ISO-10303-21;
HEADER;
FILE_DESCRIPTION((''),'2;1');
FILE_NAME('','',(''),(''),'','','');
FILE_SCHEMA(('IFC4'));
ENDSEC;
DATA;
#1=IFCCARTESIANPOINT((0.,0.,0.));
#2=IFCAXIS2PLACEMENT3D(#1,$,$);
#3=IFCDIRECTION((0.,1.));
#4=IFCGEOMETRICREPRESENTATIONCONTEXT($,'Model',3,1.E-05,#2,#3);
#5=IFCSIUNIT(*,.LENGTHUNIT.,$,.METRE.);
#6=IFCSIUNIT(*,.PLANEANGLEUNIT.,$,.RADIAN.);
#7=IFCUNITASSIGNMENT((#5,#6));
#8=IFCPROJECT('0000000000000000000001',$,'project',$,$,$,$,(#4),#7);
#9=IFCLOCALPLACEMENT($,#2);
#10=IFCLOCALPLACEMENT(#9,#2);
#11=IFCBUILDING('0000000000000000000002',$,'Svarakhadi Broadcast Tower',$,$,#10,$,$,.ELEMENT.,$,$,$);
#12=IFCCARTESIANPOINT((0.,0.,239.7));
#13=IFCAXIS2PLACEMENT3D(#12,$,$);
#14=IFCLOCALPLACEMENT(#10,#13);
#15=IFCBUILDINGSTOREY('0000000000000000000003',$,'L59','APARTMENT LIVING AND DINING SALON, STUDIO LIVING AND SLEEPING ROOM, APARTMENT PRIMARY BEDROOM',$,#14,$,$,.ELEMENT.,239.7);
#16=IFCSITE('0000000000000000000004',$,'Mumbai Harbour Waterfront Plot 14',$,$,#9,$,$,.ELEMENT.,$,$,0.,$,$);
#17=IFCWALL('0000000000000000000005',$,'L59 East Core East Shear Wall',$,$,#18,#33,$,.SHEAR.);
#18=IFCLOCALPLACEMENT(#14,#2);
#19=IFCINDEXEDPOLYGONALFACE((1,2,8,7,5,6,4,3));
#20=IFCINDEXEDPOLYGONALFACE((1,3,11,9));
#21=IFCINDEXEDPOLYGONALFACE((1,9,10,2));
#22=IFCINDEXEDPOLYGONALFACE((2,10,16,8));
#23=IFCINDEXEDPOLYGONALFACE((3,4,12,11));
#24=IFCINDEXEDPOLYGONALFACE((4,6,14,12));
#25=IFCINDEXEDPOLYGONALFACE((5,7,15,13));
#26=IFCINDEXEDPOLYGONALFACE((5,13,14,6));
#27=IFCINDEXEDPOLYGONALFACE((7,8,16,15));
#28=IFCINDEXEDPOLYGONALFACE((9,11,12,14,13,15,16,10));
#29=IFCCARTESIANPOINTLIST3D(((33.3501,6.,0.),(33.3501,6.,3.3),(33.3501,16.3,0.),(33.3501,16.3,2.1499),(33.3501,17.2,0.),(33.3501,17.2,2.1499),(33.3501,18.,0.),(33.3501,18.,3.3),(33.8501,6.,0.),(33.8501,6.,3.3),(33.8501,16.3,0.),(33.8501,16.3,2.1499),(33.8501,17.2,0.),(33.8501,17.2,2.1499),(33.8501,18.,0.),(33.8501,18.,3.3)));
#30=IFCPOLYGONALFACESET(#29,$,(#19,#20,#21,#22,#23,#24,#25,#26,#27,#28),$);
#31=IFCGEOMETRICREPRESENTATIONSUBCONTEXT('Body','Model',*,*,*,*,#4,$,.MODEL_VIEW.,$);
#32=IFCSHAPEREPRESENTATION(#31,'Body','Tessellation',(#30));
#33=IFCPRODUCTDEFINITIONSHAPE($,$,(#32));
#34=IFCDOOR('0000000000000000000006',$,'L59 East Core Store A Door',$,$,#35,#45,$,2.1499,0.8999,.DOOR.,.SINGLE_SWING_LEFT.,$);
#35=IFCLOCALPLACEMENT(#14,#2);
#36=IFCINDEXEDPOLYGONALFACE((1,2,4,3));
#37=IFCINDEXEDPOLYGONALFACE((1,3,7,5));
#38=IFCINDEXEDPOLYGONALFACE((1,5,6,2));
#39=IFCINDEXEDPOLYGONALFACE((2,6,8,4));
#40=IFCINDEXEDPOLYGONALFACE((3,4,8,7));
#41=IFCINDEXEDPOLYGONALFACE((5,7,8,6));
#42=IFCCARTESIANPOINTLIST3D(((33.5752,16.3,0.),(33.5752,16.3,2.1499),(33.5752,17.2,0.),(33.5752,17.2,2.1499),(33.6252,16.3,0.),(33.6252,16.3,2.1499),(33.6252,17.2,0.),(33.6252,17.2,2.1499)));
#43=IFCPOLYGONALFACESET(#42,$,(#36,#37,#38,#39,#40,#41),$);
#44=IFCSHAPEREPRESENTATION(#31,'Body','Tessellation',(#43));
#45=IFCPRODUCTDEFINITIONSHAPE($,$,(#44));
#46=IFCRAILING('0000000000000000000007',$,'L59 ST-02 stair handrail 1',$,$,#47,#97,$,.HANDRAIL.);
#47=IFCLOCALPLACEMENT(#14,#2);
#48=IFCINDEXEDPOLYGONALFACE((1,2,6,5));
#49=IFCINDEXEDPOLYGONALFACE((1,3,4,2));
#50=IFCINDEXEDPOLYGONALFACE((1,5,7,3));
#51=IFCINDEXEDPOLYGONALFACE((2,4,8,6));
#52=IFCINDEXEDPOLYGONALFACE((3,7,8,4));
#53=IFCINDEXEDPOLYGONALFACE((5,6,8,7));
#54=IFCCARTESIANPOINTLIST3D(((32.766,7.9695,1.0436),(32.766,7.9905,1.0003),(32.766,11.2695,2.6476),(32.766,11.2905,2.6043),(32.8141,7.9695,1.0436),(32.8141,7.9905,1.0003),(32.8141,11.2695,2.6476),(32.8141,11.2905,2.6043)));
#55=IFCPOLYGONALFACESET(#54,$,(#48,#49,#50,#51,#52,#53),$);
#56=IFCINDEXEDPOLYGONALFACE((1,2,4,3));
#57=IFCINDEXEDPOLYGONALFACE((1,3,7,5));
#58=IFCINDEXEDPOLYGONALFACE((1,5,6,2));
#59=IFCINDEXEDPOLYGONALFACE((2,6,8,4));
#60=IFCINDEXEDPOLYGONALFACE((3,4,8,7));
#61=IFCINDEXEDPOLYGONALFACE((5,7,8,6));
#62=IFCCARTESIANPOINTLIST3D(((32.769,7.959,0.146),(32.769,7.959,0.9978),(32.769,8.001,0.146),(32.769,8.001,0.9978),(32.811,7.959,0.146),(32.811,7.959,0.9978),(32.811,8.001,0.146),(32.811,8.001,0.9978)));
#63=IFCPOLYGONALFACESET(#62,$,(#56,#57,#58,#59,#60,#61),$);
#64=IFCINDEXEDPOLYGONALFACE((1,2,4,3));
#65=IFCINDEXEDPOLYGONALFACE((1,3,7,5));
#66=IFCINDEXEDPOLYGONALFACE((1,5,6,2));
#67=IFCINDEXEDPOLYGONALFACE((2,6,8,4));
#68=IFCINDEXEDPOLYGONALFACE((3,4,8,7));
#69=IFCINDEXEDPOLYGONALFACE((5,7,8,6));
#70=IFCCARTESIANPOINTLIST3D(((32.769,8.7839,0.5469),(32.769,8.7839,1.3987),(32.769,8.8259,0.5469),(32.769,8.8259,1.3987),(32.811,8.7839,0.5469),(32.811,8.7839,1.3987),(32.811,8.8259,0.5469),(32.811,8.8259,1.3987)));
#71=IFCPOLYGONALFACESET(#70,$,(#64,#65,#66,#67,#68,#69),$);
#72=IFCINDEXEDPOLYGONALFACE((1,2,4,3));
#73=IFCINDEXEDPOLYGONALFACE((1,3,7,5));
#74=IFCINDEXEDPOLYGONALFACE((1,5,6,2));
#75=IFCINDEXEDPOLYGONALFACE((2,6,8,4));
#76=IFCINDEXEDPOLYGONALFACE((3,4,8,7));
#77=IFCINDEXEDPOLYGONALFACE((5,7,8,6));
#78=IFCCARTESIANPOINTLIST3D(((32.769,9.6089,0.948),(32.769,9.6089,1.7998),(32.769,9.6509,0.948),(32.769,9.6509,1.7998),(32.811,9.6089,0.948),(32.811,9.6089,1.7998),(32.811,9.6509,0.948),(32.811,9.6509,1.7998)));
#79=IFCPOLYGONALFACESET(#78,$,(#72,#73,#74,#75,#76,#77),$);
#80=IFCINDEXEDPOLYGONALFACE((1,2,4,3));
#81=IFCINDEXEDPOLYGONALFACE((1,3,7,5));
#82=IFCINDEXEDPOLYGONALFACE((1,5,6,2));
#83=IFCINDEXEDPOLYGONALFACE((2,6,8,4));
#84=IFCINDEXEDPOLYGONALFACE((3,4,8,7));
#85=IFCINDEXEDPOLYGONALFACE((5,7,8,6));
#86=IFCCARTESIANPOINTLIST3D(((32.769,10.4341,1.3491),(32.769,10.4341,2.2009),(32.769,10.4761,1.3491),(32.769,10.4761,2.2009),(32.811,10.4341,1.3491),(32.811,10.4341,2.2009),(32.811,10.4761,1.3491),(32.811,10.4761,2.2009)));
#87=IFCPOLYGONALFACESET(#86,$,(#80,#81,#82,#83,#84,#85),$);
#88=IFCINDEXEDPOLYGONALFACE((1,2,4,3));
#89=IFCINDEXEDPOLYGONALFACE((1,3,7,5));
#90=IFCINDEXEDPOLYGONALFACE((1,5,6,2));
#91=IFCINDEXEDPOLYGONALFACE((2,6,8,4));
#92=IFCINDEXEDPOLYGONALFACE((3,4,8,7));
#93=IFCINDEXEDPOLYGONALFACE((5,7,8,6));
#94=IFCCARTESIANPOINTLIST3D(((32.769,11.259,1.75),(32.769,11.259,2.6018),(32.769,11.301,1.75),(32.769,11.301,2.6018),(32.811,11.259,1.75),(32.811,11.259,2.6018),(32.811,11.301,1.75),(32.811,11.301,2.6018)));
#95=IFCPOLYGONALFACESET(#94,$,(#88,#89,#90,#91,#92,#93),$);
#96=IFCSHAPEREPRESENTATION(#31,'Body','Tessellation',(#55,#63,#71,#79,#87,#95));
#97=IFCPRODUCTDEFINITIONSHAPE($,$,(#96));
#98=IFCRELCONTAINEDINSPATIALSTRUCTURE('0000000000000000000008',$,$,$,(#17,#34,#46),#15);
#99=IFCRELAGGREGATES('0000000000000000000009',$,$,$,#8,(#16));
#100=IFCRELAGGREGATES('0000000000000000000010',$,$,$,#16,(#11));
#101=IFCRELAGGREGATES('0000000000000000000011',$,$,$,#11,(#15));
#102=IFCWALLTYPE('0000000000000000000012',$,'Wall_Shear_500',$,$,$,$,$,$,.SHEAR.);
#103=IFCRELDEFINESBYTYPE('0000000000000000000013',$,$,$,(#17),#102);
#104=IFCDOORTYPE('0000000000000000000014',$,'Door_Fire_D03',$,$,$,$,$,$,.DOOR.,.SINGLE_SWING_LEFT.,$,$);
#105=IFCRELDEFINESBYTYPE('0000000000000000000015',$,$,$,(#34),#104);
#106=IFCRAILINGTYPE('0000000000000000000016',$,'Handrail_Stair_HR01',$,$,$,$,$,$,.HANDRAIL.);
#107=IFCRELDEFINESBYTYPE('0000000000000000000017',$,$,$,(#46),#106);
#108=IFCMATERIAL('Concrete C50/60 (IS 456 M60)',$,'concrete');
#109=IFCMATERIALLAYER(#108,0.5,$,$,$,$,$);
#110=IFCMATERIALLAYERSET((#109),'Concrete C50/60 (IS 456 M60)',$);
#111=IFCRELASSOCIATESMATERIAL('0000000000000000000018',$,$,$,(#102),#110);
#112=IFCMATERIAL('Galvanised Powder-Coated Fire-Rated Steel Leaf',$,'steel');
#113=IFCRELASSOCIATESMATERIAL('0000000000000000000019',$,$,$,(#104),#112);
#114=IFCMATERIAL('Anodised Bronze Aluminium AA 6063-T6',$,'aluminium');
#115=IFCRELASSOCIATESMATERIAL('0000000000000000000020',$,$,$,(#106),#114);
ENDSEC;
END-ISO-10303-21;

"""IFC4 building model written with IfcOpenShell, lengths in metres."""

from ifc_helpers import new_model, si_unit, direction, frame, frame_2d, origin, origin_2d, place, context, subcontext, project, spatial, rectangle, extrude, material, layer, layer_set, type_object, element, fill, save


model = new_model("IFC4")

# Units and contexts
model_context = context("Model", 3, precision=1e-05, world=origin(), true_north=direction((0.0, 1.0)))
body_context = subcontext(model_context, "Body", "Model", "MODEL_VIEW")
ifc_project = project(units=[si_unit("LENGTHUNIT", "METRE"), si_unit("PLANEANGLEUNIT", "RADIAN")], contexts=[model_context])

# Site, building, storey
site_placement = place(None, origin())
site = spatial("IfcSite", under=ifc_project, at=site_placement, Name="Mumbai Harbour Waterfront Plot 14", CompositionType="ELEMENT", RefElevation=0.0)
building_placement = place(site_placement, origin())
building = spatial("IfcBuilding", under=site, at=building_placement, Name="Svarakhadi Broadcast Tower", CompositionType="ELEMENT")
storey_placement = place(building_placement, frame((0.0, 0.0, 239.7)))
storey = spatial("IfcBuildingStorey", under=building, at=storey_placement, Name="L59", Description="APARTMENT LIVING AND DINING SALON, STUDIO LIVING AND SLEEPING ROOM, APARTMENT PRIMARY BEDROOM", CompositionType="ELEMENT", Elevation=239.7)

# Shared definitions
ifc_material_1 = material(Name="Concrete C50/60 (IS 456 M60)", Category="concrete")

# Shared definitions
ifc_material_2 = material(Name="Anodised Bronze Aluminium AA 6063-T6", Category="aluminium")

# Wall, opening, door
ifc_layer_1 = layer(ifc_material_1, 0.5)
ifc_layer_set_1 = layer_set([ifc_layer_1], Name="Concrete C50/60 (IS 456 M60)")
wall_type_1 = type_object("IfcWallType", Name="Wall_Shear_500", PredefinedType="SHEAR", material=ifc_layer_set_1)
wall_1_placement = place(storey_placement, frame((33.6001, 6.0, 0.0), z_axis=(0.0, 0.0, 1.0), x_axis=(0.0, 1.0, 0.0)))
wall_1 = element("IfcWall", 1, at=wall_1_placement, inside=storey, type_object=wall_type_1, Name="L59 East Core East Shear Wall", PredefinedType="SHEAR", context=body_context, shape_type="SweptSolid", body=[
    extrude(rectangle(XDim=12.0, YDim=0.5, at=frame_2d((6.0, 0.0))), origin(), (0.0, 0.0, 1.0), 3.3),
])
opening_placement = place(wall_1_placement, frame((10.3, 0.0, 0.0)))
opening = element("IfcOpeningElement", 2, at=opening_placement, cuts=wall_1, PredefinedType="OPENING", context=body_context, shape_type="SweptSolid", body=[
    extrude(rectangle(XDim=0.8999, YDim=2.1499, at=frame_2d((0.45, 1.075))), frame((0.0, 0.26, 0.0), z_axis=(0.0, -1.0, 0.0), x_axis=(1.0, 0.0, 0.0)), (0.0, 0.0, 1.0), 0.52),
])
ifc_material_3 = material(Name="Galvanised Powder-Coated Fire-Rated Steel Leaf", Category="steel")
door_type = type_object("IfcDoorType", Name="Door_Fire_D03", OperationType="SINGLE_SWING_LEFT", PredefinedType="DOOR", material=ifc_material_3)
door_placement = place(opening_placement, origin())
door = element("IfcDoor", 3, at=door_placement, inside=storey, type_object=door_type, Name="L59 East Core Store A Door", OperationType="SINGLE_SWING_LEFT", OverallHeight=2.1499, OverallWidth=0.8999, PredefinedType="DOOR", context=body_context, shape_type="SweptSolid", body=[
    extrude(rectangle(XDim=0.8999, YDim=2.1499, at=frame_2d((0.45, 1.075))), frame((0.0, 0.0249, 0.0), z_axis=(0.0, -1.0, 0.0), x_axis=(1.0, 0.0, 0.0)), (0.0, 0.0, 1.0), 0.05),
])
fill(opening, door)

# Railing
railing_type_1 = type_object("IfcRailingType", Name="Handrail_Stair_HR01", PredefinedType="HANDRAIL", material=ifc_material_2)
railing_1_placement = place(storey_placement, frame((32.79, 7.98, 0.146)))
element("IfcRailing", 4, at=railing_1_placement, inside=storey, type_object=railing_type_1, Name="L59 ST-02 stair handrail 1", PredefinedType="HANDRAIL", context=body_context, shape_type="SweptSolid", body=[
    extrude(rectangle(XDim=0.0481, YDim=0.0481, at=origin_2d()), frame((0.0, 0.0, 0.876), z_axis=(0.0, 0.899388, 0.437152), x_axis=(-1.0, 0.0, 0.0)), (0.0, 0.0, 1.0), 3.6692),
    extrude(rectangle(XDim=0.042, YDim=0.042, at=origin_2d()), origin(), (0.0, 0.0, 1.0), 0.8518),
    extrude(rectangle(XDim=0.042, YDim=0.042, at=origin_2d()), frame((0.0, 0.825, 0.4009)), (0.0, 0.0, 1.0), 0.8518),
    extrude(rectangle(XDim=0.042, YDim=0.042, at=origin_2d()), frame((0.0, 1.6499, 0.802)), (0.0, 0.0, 1.0), 0.8518),
    extrude(rectangle(XDim=0.042, YDim=0.042, at=origin_2d()), frame((0.0, 2.4751, 1.2031)), (0.0, 0.0, 1.0), 0.8518),
    extrude(rectangle(XDim=0.042, YDim=0.042, at=origin_2d()), frame((0.0, 3.3, 1.604)), (0.0, 0.0, 1.0), 0.8518),
])

save(model, "model.ifc")
